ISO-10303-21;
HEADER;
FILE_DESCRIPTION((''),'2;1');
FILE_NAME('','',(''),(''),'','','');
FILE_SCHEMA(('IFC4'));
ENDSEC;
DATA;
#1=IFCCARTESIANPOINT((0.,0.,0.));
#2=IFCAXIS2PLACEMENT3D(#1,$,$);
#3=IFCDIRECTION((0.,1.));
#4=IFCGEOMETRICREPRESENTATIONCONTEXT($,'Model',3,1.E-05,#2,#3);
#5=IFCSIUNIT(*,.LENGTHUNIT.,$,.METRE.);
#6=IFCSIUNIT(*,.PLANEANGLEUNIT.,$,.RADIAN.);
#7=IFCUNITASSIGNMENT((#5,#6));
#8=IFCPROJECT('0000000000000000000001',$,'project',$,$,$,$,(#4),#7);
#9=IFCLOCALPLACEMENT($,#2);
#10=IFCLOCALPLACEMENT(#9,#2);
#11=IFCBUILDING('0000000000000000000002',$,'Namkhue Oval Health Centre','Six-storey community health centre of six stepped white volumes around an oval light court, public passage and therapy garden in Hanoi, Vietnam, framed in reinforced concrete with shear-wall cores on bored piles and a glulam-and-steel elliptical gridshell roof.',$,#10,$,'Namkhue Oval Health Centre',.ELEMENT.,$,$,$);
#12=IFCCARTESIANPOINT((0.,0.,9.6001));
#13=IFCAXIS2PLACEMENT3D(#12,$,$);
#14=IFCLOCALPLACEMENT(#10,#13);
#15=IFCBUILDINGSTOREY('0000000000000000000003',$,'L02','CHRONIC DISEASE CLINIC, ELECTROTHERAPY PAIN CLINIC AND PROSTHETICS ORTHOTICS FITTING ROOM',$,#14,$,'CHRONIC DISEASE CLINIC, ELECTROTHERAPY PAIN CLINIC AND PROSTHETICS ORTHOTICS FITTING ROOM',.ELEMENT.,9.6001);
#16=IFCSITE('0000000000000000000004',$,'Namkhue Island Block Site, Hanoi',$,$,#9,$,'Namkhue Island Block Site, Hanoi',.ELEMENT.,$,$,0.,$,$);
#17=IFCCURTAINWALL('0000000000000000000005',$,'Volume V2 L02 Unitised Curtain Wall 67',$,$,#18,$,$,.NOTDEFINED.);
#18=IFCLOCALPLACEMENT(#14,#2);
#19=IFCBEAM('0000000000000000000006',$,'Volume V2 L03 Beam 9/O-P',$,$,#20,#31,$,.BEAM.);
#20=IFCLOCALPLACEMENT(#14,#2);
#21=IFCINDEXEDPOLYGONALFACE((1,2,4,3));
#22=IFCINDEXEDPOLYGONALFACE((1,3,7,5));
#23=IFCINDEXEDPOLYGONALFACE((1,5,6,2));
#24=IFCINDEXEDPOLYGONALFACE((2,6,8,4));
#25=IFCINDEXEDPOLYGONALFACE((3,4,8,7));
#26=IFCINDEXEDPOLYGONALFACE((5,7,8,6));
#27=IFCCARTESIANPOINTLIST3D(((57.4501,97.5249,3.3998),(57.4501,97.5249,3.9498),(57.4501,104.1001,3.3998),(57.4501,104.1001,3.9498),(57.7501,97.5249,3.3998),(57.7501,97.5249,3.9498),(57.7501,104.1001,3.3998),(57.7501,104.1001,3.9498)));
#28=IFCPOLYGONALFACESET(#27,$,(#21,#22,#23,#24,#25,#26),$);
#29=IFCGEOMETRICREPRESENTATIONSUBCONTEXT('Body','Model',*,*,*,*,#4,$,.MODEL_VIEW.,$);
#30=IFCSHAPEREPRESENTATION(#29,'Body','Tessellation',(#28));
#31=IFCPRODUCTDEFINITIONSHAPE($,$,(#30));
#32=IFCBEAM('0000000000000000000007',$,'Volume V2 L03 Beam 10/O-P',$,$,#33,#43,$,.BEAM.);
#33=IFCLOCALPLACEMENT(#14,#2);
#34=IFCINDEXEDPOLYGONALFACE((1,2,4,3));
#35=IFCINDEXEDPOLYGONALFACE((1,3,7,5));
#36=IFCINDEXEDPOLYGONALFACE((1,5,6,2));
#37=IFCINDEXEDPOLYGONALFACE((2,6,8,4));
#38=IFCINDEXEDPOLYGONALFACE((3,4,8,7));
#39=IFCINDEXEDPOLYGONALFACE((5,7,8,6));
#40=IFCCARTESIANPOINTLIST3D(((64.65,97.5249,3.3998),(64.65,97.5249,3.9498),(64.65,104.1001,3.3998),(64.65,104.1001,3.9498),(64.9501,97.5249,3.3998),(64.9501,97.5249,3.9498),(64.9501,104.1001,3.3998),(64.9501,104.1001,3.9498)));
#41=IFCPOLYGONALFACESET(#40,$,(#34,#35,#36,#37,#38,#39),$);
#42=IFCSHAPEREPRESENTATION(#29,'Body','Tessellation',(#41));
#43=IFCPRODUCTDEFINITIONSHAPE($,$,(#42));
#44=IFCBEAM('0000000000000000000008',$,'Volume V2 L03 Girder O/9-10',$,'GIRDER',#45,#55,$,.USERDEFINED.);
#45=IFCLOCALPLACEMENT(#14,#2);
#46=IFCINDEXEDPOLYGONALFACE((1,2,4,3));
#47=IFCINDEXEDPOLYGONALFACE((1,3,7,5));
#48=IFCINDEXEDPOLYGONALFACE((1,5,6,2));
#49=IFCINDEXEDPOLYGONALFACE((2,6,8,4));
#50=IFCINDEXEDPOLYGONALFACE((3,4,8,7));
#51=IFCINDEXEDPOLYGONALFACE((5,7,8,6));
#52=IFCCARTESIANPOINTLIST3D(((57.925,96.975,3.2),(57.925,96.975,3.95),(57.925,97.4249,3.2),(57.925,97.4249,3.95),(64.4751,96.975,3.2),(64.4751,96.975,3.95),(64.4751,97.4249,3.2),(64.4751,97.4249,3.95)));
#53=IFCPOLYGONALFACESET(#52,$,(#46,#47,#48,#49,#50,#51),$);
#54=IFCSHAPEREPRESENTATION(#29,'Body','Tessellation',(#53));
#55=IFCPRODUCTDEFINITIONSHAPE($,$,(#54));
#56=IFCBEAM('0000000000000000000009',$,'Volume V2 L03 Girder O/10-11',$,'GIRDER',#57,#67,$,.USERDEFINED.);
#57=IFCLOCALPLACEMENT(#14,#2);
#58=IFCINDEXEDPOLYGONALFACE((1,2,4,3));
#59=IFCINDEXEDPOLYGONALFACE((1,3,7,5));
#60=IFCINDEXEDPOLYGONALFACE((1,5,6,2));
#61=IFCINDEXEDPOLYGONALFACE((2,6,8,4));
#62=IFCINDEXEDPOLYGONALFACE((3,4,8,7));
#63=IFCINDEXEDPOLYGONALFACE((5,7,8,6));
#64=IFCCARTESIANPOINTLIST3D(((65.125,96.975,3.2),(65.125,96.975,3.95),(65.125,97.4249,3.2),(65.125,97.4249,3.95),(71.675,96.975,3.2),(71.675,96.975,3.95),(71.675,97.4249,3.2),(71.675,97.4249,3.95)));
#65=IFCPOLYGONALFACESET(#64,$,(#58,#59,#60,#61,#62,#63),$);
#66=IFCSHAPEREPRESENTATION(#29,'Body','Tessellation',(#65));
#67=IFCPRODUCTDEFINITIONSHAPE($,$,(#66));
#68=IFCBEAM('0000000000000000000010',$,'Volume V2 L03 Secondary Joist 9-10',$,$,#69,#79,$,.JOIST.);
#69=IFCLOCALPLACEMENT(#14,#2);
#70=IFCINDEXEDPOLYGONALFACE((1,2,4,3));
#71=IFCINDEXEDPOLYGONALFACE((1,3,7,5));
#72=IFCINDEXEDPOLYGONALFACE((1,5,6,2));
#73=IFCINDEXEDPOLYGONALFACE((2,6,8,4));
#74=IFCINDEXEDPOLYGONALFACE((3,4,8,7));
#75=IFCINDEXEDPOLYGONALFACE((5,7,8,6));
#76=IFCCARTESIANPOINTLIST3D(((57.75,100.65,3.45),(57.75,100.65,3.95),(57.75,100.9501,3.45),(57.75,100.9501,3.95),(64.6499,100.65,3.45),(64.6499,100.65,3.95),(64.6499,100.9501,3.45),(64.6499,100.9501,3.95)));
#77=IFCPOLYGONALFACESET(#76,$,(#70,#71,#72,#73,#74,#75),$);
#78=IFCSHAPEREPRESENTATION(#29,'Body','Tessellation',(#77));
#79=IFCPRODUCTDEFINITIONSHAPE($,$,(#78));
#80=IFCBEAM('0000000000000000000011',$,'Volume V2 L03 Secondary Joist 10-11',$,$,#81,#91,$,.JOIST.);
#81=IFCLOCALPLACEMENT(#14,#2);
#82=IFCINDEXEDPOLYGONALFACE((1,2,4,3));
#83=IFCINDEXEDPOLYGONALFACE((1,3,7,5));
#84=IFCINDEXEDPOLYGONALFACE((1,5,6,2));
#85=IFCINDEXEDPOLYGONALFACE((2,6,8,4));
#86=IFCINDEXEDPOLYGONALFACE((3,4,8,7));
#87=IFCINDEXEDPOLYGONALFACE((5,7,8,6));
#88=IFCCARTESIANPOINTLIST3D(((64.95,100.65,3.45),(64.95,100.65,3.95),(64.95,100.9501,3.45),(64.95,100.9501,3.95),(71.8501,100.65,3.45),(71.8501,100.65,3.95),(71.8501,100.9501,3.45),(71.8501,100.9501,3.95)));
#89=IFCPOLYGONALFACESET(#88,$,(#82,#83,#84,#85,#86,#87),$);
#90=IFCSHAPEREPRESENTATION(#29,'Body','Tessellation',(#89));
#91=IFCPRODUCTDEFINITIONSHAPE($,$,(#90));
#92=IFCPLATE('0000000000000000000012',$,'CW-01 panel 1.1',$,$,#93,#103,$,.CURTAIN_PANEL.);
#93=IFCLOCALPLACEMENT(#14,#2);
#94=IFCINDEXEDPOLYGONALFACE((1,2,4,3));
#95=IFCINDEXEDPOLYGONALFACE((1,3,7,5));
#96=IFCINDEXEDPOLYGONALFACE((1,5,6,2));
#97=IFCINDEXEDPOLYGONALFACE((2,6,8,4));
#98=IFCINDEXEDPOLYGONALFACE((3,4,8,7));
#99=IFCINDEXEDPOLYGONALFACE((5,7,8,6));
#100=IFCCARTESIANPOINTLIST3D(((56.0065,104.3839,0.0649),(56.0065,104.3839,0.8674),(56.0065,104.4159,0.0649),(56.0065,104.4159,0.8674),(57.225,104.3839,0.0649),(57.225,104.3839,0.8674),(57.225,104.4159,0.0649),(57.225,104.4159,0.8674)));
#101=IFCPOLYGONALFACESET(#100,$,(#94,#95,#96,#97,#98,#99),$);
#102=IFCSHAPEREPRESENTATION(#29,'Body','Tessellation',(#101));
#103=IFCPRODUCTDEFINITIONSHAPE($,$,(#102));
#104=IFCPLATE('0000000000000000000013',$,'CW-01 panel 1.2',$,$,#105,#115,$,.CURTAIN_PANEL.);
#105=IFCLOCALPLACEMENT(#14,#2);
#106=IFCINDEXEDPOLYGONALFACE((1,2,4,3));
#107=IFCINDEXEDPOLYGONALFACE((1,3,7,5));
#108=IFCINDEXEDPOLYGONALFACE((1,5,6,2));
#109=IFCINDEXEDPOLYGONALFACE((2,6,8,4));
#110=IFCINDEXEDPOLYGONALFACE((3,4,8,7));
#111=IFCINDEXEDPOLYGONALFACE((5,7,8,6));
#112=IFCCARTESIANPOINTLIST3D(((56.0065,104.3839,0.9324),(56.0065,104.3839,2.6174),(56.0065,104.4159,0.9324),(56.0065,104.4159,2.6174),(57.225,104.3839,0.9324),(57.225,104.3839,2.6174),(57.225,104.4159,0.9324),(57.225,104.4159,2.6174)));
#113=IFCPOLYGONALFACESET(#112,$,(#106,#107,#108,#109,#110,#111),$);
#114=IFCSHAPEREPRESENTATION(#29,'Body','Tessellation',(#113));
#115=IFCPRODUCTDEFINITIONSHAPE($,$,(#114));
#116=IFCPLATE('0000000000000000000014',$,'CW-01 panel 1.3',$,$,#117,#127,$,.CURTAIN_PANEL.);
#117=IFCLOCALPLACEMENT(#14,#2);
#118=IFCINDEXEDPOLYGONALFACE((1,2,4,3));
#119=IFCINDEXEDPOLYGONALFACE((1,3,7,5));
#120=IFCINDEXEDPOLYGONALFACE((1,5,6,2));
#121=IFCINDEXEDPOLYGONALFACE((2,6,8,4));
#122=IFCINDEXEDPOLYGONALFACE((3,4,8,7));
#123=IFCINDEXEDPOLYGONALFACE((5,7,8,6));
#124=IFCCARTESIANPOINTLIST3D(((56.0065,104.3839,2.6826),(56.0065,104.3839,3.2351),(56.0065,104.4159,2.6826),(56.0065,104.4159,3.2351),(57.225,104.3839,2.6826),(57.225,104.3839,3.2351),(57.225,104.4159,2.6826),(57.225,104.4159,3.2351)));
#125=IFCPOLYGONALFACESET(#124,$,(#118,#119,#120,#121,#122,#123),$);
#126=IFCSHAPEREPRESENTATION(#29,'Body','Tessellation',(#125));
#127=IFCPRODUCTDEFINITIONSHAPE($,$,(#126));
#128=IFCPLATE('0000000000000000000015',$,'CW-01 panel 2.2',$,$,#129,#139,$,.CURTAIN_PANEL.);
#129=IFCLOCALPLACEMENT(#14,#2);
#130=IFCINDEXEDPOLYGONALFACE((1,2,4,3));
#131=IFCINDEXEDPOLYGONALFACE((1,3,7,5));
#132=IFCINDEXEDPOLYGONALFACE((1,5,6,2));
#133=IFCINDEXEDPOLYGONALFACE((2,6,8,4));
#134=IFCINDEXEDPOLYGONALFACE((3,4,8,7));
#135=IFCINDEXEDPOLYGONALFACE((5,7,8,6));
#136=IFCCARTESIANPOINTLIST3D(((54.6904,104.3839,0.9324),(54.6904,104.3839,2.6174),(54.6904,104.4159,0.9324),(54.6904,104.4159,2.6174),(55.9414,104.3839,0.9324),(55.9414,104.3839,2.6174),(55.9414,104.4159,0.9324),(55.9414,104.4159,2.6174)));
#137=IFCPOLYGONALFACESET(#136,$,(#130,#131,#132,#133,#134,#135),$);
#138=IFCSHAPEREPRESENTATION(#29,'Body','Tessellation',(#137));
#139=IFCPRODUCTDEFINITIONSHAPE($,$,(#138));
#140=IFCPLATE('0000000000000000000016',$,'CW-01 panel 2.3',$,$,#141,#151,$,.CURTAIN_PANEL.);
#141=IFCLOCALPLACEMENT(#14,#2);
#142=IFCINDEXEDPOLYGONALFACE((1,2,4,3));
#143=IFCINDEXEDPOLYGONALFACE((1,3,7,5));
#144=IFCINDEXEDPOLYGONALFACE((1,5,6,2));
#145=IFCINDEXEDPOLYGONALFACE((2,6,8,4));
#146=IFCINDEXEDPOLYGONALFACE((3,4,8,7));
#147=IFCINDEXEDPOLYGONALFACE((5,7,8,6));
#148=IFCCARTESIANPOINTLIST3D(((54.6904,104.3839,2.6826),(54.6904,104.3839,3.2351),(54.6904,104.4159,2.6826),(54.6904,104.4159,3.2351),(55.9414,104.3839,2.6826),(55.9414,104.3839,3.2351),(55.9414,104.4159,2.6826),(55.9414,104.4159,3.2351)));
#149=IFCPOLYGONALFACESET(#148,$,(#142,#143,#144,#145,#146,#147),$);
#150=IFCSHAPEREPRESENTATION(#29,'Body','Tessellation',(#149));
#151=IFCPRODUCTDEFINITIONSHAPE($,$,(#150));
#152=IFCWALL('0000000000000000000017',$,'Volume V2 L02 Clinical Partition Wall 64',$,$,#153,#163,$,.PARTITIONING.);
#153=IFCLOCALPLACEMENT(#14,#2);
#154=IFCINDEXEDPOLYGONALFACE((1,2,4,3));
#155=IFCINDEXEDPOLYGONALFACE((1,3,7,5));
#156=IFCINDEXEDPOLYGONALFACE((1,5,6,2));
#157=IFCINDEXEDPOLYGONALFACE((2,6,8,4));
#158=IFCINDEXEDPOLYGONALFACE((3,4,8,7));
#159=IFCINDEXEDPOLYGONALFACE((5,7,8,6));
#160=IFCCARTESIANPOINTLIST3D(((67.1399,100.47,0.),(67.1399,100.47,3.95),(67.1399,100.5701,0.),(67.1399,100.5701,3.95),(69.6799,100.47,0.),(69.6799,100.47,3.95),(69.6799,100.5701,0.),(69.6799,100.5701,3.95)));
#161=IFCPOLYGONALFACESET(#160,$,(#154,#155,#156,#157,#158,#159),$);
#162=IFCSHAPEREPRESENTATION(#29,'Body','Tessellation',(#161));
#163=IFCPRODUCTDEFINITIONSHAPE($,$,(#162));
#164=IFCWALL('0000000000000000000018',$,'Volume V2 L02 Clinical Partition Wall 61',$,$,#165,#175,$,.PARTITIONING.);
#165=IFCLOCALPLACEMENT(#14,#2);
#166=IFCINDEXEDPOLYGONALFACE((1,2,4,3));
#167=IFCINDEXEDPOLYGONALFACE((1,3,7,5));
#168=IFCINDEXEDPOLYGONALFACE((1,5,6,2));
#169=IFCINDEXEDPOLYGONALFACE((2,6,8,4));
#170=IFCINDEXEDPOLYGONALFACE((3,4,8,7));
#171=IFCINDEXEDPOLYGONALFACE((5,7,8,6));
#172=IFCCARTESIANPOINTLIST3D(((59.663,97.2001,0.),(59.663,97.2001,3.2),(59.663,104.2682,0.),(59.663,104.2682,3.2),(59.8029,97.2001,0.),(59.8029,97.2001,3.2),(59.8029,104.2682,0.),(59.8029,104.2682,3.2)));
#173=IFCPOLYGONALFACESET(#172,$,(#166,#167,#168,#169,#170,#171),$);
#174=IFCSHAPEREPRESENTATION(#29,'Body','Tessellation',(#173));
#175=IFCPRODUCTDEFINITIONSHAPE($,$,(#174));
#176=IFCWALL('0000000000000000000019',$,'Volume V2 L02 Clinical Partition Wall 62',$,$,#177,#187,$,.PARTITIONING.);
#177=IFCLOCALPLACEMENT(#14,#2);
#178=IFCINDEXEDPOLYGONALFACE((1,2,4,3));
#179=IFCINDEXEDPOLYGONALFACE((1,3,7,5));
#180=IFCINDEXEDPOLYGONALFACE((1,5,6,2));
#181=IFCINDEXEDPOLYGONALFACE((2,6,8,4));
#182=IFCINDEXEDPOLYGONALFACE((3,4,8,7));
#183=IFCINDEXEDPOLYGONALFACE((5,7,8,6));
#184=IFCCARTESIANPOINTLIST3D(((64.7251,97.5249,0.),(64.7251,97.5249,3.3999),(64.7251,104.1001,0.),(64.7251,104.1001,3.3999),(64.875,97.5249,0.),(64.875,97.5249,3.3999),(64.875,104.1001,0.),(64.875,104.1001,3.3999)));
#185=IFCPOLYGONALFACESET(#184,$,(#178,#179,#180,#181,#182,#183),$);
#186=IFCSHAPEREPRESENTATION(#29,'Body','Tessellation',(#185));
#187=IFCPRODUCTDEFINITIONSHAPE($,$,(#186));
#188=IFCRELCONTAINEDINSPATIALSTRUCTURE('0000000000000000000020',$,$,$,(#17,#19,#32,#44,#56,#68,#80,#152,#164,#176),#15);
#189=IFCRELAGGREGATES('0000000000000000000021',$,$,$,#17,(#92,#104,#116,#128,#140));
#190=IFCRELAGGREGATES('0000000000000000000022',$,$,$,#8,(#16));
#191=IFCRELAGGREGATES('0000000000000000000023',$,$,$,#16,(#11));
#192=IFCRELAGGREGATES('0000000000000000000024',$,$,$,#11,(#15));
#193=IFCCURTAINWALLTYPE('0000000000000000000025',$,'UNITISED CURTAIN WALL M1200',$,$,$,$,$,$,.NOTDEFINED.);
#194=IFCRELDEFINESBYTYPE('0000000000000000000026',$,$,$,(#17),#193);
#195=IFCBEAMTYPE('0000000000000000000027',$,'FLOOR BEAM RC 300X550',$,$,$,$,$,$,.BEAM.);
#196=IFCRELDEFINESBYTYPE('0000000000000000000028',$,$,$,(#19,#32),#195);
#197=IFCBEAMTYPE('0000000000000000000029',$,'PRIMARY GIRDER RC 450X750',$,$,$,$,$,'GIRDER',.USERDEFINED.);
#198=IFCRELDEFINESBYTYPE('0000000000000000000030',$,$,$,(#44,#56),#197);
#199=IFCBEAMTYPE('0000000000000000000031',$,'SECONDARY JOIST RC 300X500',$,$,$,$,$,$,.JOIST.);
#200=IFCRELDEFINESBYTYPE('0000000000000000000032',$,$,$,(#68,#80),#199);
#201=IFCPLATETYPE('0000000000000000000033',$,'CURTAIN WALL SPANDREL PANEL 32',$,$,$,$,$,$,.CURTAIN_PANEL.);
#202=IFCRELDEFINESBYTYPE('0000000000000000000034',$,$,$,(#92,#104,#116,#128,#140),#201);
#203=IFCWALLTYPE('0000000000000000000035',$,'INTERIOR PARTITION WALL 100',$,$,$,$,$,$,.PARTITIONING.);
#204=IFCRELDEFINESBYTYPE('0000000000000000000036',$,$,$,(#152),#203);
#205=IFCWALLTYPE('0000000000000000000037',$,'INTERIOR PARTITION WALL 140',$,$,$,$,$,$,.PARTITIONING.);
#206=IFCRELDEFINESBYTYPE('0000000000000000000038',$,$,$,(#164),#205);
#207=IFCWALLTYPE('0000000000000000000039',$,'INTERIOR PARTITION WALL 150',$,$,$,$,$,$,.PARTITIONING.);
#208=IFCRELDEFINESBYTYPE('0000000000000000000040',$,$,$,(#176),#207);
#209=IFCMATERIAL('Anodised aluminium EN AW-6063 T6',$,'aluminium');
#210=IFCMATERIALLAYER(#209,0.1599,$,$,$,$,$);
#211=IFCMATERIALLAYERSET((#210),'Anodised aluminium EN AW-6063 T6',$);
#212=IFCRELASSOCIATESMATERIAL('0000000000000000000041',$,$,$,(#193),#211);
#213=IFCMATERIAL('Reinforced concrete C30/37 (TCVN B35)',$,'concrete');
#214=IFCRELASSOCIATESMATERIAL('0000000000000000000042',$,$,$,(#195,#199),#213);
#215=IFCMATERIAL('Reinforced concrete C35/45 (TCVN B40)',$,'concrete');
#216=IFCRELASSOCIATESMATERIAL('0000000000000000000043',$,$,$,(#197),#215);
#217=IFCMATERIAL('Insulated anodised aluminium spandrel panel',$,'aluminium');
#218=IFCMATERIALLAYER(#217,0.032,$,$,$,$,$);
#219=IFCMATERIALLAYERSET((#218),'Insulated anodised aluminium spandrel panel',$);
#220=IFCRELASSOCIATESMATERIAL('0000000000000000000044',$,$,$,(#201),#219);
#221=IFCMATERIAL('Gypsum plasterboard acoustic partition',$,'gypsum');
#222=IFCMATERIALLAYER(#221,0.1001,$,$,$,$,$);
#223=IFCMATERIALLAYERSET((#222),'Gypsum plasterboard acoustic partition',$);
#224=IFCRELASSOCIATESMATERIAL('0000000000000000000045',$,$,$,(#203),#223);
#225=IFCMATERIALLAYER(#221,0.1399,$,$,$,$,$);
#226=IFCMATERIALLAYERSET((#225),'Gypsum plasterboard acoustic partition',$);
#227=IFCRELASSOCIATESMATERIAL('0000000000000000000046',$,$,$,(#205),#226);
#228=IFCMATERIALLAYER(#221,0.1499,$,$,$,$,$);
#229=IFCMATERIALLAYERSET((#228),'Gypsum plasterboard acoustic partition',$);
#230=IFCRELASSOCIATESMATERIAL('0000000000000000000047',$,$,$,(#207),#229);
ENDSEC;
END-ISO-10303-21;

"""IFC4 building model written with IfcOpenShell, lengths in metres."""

from ifc_helpers import new_model, si_unit, direction, frame, frame_2d, origin, origin_2d, place, context, subcontext, project, spatial, rectangle, extrude, material, layer, layer_set, material_profile, profile_set, type_object, element, aggregate, save


model = new_model("IFC4")

# Units and contexts
model_context = context("Model", 3, precision=1e-05, world=origin(), true_north=direction((0.0, 1.0)))
body_context = subcontext(model_context, "Body", "Model", "MODEL_VIEW")
ifc_project = project(units=[si_unit("LENGTHUNIT", "METRE"), si_unit("PLANEANGLEUNIT", "RADIAN")], contexts=[model_context])

# Site, building, storey
site_placement = place(None, origin())
site = spatial("IfcSite", under=ifc_project, at=site_placement, Name="Namkhue Island Block Site, Hanoi", LongName="Namkhue Island Block Site, Hanoi", CompositionType="ELEMENT", RefElevation=0.0)
building_placement = place(site_placement, origin())
building = spatial("IfcBuilding", under=site, at=building_placement, Name="Namkhue Oval Health Centre", Description="Six-storey community health centre of six stepped white volumes around an oval light court, public passage and therapy garden in Hanoi, Vietnam, framed in reinforced concrete with shear-wall cores on bored piles and a glulam-and-steel elliptical gridshell roof.", LongName="Namkhue Oval Health Centre", CompositionType="ELEMENT")
storey_placement = place(building_placement, frame((0.0, 0.0, 9.6001)))
storey = spatial("IfcBuildingStorey", under=building, at=storey_placement, Name="L02", Description="CHRONIC DISEASE CLINIC, ELECTROTHERAPY PAIN CLINIC AND PROSTHETICS ORTHOTICS FITTING ROOM", LongName="CHRONIC DISEASE CLINIC, ELECTROTHERAPY PAIN CLINIC AND PROSTHETICS ORTHOTICS FITTING ROOM", CompositionType="ELEMENT", Elevation=9.6001)

# Shared definitions
ifc_material_1 = material(Name="Reinforced concrete C35/45 (TCVN B40)", Category="concrete")

# Curtain wall
ifc_material_2 = material(Name="Anodised aluminium EN AW-6063 T6", Category="aluminium")
ifc_layer_1 = layer(ifc_material_2, 0.1599)
ifc_layer_set_1 = layer_set([ifc_layer_1], Name="Anodised aluminium EN AW-6063 T6")
curtain_wall_type = type_object("IfcCurtainWallType", Name="UNITISED CURTAIN WALL M1200", PredefinedType="NOTDEFINED", material=ifc_layer_set_1)
curtain_wall_placement = place(storey_placement, origin())
curtain_wall = element("IfcCurtainWall", 1, at=curtain_wall_placement, inside=storey, type_object=curtain_wall_type, Name="Volume V2 L02 Unitised Curtain Wall 67", PredefinedType="NOTDEFINED")

# Beams
ifc_material_3 = material(Name="Reinforced concrete C30/37 (TCVN B35)", Category="concrete")
ifc_material_profile_1 = material_profile(ifc_material_3, rectangle(XDim=0.3, YDim=0.55, at=origin_2d()), Name="RC 300x550")
ifc_profile_set_1 = profile_set([ifc_material_profile_1], Name="Reinforced concrete C30/37 (TCVN B35)")
beam_type_1 = type_object("IfcBeamType", Name="FLOOR BEAM RC 300X550", PredefinedType="BEAM", material=ifc_profile_set_1)
for number, where, z_axis, x_axis, name in (
    (2, (57.6001, 97.5249, 3.6748), (0.0, 1.0, 0.0), (-1.0, 0.0, 0.0), "Volume V2 L03 Beam 9/O-P"),
    (3, (64.8, 97.5249, 3.6748), (0.0, 1.0, 0.0), (-1.0, 0.0, 0.0), "Volume V2 L03 Beam 10/O-P"),
):
    element("IfcBeam", number, at=place(storey_placement, frame(where, z_axis=z_axis, x_axis=x_axis)), inside=storey, type_object=beam_type_1, Name=name, PredefinedType="BEAM", context=body_context, shape_type="SweptSolid", body=[
        extrude(rectangle(XDim=0.3, YDim=0.55, at=origin_2d()), origin(), (0.0, 0.0, 1.0), 6.5752),
    ])
ifc_material_profile_2 = material_profile(ifc_material_1, rectangle(XDim=0.45, YDim=0.75, at=origin_2d()), Name="RC 450x750")
ifc_profile_set_2 = profile_set([ifc_material_profile_2], Name="Reinforced concrete C35/45 (TCVN B40)")
beam_type_2 = type_object("IfcBeamType", Name="PRIMARY GIRDER RC 450X750", ElementType="GIRDER", PredefinedType="USERDEFINED", material=ifc_profile_set_2)
for number, where, z_axis, x_axis, name in (
    (4, (57.925, 97.2, 3.575), (1.0, 0.0, 0.0), (0.0, 1.0, 0.0), "Volume V2 L03 Girder O/9-10"),
    (5, (65.125, 97.2, 3.575), (1.0, 0.0, 0.0), (0.0, 1.0, 0.0), "Volume V2 L03 Girder O/10-11"),
):
    element("IfcBeam", number, at=place(storey_placement, frame(where, z_axis=z_axis, x_axis=x_axis)), inside=storey, type_object=beam_type_2, Name=name, ObjectType="GIRDER", PredefinedType="USERDEFINED", context=body_context, shape_type="SweptSolid", body=[
        extrude(rectangle(XDim=0.45, YDim=0.75, at=origin_2d()), origin(), (0.0, 0.0, 1.0), 6.55),
    ])
ifc_material_profile_3 = material_profile(ifc_material_3, rectangle(XDim=0.3, YDim=0.5, at=origin_2d()), Name="RC 300x500")
ifc_profile_set_3 = profile_set([ifc_material_profile_3], Name="Reinforced concrete C30/37 (TCVN B35)")
beam_type_3 = type_object("IfcBeamType", Name="SECONDARY JOIST RC 300X500", PredefinedType="JOIST", material=ifc_profile_set_3)
beam_1_placement = place(storey_placement, frame((57.75, 100.8, 3.7), z_axis=(1.0, 0.0, 0.0), x_axis=(0.0, 1.0, 0.0)))
element("IfcBeam", 6, at=beam_1_placement, inside=storey, type_object=beam_type_3, Name="Volume V2 L03 Secondary Joist 9-10", PredefinedType="JOIST", context=body_context, shape_type="SweptSolid", body=[
    extrude(rectangle(XDim=0.3, YDim=0.5, at=origin_2d()), origin(), (0.0, 0.0, 1.0), 6.8999),
])
beam_2_placement = place(storey_placement, frame((64.95, 100.8, 3.7), z_axis=(1.0, 0.0, 0.0), x_axis=(0.0, 1.0, 0.0)))
element("IfcBeam", 7, at=beam_2_placement, inside=storey, type_object=beam_type_3, Name="Volume V2 L03 Secondary Joist 10-11", PredefinedType="JOIST", context=body_context, shape_type="SweptSolid", body=[
    extrude(rectangle(XDim=0.3, YDim=0.5, at=origin_2d()), origin(), (0.0, 0.0, 1.0), 6.9001),
])

# Plates
ifc_material_4 = material(Name="Insulated anodised aluminium spandrel panel", Category="aluminium")
ifc_layer_2 = layer(ifc_material_4, 0.032)
ifc_layer_set_2 = layer_set([ifc_layer_2], Name="Insulated anodised aluminium spandrel panel")
plate_type = type_object("IfcPlateType", Name="CURTAIN WALL SPANDREL PANEL 32", PredefinedType="CURTAIN_PANEL", material=ifc_layer_set_2)
plate_1_placement = place(storey_placement, frame((56.6157, 104.3999, 0.0649), z_axis=(0.0, 0.0, 1.0), x_axis=(-1.0, 0.0, 0.0)))
plate_1 = element("IfcPlate", 8, at=plate_1_placement, type_object=plate_type, Name="CW-01 panel 1.1", PredefinedType="CURTAIN_PANEL", context=body_context, shape_type="SweptSolid", body=[
    extrude(rectangle(XDim=1.2185, YDim=0.032, at=origin_2d()), origin(), (0.0, 0.0, 1.0), 0.8025),
])
plate_2_placement = place(storey_placement, frame((56.6157, 104.3999, 0.9324), z_axis=(0.0, 0.0, 1.0), x_axis=(-1.0, 0.0, 0.0)))
plate_2 = element("IfcPlate", 9, at=plate_2_placement, type_object=plate_type, Name="CW-01 panel 1.2", PredefinedType="CURTAIN_PANEL", context=body_context, shape_type="SweptSolid", body=[
    extrude(rectangle(XDim=1.2185, YDim=0.032, at=origin_2d()), origin(), (0.0, 0.0, 1.0), 1.6851),
])
plate_3_placement = place(storey_placement, frame((56.6157, 104.3999, 2.6826), z_axis=(0.0, 0.0, 1.0), x_axis=(-1.0, 0.0, 0.0)))
plate_3 = element("IfcPlate", 10, at=plate_3_placement, type_object=plate_type, Name="CW-01 panel 1.3", PredefinedType="CURTAIN_PANEL", context=body_context, shape_type="SweptSolid", body=[
    extrude(rectangle(XDim=1.2185, YDim=0.032, at=origin_2d()), origin(), (0.0, 0.0, 1.0), 0.5525),
])
plate_4_placement = place(storey_placement, frame((55.3159, 104.3999, 0.9324), z_axis=(0.0, 0.0, 1.0), x_axis=(-1.0, 0.0, 0.0)))
plate_4 = element("IfcPlate", 11, at=plate_4_placement, type_object=plate_type, Name="CW-01 panel 2.2", PredefinedType="CURTAIN_PANEL", context=body_context, shape_type="SweptSolid", body=[
    extrude(rectangle(XDim=1.251, YDim=0.032, at=origin_2d()), origin(), (0.0, 0.0, 1.0), 1.6851),
])
plate_5_placement = place(storey_placement, frame((55.3159, 104.3999, 2.6826), z_axis=(0.0, 0.0, 1.0), x_axis=(-1.0, 0.0, 0.0)))
plate_5 = element("IfcPlate", 12, at=plate_5_placement, type_object=plate_type, Name="CW-01 panel 2.3", PredefinedType="CURTAIN_PANEL", context=body_context, shape_type="SweptSolid", body=[
    extrude(rectangle(XDim=1.251, YDim=0.032, at=origin_2d()), origin(), (0.0, 0.0, 1.0), 0.5525),
])
aggregate(curtain_wall, [plate_1, plate_2, plate_3, plate_4, plate_5])

# Walls
ifc_material_5 = material(Name="Gypsum plasterboard acoustic partition", Category="gypsum")
ifc_layer_3 = layer(ifc_material_5, 0.1001)
ifc_layer_set_3 = layer_set([ifc_layer_3], Name="Gypsum plasterboard acoustic partition")
wall_type_1 = type_object("IfcWallType", Name="INTERIOR PARTITION WALL 100", PredefinedType="PARTITIONING", material=ifc_layer_set_3)
wall_1_placement = place(storey_placement, frame((67.1399, 100.52, 0.0), z_axis=(0.0, 0.0, 1.0), x_axis=(1.0, 0.0, 0.0)))
element("IfcWall", 13, at=wall_1_placement, inside=storey, type_object=wall_type_1, Name="Volume V2 L02 Clinical Partition Wall 64", PredefinedType="PARTITIONING", context=body_context, shape_type="SweptSolid", body=[
    extrude(rectangle(XDim=2.54, YDim=0.1001, at=frame_2d((1.27, 0.0))), origin(), (0.0, 0.0, 1.0), 3.95),
])
ifc_layer_4 = layer(ifc_material_5, 0.1399)
ifc_layer_set_4 = layer_set([ifc_layer_4], Name="Gypsum plasterboard acoustic partition")
wall_type_2 = type_object("IfcWallType", Name="INTERIOR PARTITION WALL 140", PredefinedType="PARTITIONING", material=ifc_layer_set_4)
wall_2_placement = place(storey_placement, frame((59.7329, 97.2, 0.0), z_axis=(0.0, 0.0, 1.0), x_axis=(0.0, 1.0, 0.0)))
element("IfcWall", 14, at=wall_2_placement, inside=storey, type_object=wall_type_2, Name="Volume V2 L02 Clinical Partition Wall 61", PredefinedType="PARTITIONING", context=body_context, shape_type="SweptSolid", body=[
    extrude(rectangle(XDim=7.0681, YDim=0.1399, at=frame_2d((3.5342, 0.0))), origin(), (0.0, 0.0, 1.0), 3.2),
])
ifc_layer_5 = layer(ifc_material_5, 0.1499)
ifc_layer_set_5 = layer_set([ifc_layer_5], Name="Gypsum plasterboard acoustic partition")
wall_type_3 = type_object("IfcWallType", Name="INTERIOR PARTITION WALL 150", PredefinedType="PARTITIONING", material=ifc_layer_set_5)
wall_3_placement = place(storey_placement, frame((64.8, 97.5249, 0.0), z_axis=(0.0, 0.0, 1.0), x_axis=(0.0, 1.0, 0.0)))
element("IfcWall", 15, at=wall_3_placement, inside=storey, type_object=wall_type_3, Name="Volume V2 L02 Clinical Partition Wall 62", PredefinedType="PARTITIONING", context=body_context, shape_type="SweptSolid", body=[
    extrude(rectangle(XDim=6.5752, YDim=0.1499, at=frame_2d((3.2876, 0.0))), origin(), (0.0, 0.0, 1.0), 3.3999),
])

save(model, "model.ifc")
